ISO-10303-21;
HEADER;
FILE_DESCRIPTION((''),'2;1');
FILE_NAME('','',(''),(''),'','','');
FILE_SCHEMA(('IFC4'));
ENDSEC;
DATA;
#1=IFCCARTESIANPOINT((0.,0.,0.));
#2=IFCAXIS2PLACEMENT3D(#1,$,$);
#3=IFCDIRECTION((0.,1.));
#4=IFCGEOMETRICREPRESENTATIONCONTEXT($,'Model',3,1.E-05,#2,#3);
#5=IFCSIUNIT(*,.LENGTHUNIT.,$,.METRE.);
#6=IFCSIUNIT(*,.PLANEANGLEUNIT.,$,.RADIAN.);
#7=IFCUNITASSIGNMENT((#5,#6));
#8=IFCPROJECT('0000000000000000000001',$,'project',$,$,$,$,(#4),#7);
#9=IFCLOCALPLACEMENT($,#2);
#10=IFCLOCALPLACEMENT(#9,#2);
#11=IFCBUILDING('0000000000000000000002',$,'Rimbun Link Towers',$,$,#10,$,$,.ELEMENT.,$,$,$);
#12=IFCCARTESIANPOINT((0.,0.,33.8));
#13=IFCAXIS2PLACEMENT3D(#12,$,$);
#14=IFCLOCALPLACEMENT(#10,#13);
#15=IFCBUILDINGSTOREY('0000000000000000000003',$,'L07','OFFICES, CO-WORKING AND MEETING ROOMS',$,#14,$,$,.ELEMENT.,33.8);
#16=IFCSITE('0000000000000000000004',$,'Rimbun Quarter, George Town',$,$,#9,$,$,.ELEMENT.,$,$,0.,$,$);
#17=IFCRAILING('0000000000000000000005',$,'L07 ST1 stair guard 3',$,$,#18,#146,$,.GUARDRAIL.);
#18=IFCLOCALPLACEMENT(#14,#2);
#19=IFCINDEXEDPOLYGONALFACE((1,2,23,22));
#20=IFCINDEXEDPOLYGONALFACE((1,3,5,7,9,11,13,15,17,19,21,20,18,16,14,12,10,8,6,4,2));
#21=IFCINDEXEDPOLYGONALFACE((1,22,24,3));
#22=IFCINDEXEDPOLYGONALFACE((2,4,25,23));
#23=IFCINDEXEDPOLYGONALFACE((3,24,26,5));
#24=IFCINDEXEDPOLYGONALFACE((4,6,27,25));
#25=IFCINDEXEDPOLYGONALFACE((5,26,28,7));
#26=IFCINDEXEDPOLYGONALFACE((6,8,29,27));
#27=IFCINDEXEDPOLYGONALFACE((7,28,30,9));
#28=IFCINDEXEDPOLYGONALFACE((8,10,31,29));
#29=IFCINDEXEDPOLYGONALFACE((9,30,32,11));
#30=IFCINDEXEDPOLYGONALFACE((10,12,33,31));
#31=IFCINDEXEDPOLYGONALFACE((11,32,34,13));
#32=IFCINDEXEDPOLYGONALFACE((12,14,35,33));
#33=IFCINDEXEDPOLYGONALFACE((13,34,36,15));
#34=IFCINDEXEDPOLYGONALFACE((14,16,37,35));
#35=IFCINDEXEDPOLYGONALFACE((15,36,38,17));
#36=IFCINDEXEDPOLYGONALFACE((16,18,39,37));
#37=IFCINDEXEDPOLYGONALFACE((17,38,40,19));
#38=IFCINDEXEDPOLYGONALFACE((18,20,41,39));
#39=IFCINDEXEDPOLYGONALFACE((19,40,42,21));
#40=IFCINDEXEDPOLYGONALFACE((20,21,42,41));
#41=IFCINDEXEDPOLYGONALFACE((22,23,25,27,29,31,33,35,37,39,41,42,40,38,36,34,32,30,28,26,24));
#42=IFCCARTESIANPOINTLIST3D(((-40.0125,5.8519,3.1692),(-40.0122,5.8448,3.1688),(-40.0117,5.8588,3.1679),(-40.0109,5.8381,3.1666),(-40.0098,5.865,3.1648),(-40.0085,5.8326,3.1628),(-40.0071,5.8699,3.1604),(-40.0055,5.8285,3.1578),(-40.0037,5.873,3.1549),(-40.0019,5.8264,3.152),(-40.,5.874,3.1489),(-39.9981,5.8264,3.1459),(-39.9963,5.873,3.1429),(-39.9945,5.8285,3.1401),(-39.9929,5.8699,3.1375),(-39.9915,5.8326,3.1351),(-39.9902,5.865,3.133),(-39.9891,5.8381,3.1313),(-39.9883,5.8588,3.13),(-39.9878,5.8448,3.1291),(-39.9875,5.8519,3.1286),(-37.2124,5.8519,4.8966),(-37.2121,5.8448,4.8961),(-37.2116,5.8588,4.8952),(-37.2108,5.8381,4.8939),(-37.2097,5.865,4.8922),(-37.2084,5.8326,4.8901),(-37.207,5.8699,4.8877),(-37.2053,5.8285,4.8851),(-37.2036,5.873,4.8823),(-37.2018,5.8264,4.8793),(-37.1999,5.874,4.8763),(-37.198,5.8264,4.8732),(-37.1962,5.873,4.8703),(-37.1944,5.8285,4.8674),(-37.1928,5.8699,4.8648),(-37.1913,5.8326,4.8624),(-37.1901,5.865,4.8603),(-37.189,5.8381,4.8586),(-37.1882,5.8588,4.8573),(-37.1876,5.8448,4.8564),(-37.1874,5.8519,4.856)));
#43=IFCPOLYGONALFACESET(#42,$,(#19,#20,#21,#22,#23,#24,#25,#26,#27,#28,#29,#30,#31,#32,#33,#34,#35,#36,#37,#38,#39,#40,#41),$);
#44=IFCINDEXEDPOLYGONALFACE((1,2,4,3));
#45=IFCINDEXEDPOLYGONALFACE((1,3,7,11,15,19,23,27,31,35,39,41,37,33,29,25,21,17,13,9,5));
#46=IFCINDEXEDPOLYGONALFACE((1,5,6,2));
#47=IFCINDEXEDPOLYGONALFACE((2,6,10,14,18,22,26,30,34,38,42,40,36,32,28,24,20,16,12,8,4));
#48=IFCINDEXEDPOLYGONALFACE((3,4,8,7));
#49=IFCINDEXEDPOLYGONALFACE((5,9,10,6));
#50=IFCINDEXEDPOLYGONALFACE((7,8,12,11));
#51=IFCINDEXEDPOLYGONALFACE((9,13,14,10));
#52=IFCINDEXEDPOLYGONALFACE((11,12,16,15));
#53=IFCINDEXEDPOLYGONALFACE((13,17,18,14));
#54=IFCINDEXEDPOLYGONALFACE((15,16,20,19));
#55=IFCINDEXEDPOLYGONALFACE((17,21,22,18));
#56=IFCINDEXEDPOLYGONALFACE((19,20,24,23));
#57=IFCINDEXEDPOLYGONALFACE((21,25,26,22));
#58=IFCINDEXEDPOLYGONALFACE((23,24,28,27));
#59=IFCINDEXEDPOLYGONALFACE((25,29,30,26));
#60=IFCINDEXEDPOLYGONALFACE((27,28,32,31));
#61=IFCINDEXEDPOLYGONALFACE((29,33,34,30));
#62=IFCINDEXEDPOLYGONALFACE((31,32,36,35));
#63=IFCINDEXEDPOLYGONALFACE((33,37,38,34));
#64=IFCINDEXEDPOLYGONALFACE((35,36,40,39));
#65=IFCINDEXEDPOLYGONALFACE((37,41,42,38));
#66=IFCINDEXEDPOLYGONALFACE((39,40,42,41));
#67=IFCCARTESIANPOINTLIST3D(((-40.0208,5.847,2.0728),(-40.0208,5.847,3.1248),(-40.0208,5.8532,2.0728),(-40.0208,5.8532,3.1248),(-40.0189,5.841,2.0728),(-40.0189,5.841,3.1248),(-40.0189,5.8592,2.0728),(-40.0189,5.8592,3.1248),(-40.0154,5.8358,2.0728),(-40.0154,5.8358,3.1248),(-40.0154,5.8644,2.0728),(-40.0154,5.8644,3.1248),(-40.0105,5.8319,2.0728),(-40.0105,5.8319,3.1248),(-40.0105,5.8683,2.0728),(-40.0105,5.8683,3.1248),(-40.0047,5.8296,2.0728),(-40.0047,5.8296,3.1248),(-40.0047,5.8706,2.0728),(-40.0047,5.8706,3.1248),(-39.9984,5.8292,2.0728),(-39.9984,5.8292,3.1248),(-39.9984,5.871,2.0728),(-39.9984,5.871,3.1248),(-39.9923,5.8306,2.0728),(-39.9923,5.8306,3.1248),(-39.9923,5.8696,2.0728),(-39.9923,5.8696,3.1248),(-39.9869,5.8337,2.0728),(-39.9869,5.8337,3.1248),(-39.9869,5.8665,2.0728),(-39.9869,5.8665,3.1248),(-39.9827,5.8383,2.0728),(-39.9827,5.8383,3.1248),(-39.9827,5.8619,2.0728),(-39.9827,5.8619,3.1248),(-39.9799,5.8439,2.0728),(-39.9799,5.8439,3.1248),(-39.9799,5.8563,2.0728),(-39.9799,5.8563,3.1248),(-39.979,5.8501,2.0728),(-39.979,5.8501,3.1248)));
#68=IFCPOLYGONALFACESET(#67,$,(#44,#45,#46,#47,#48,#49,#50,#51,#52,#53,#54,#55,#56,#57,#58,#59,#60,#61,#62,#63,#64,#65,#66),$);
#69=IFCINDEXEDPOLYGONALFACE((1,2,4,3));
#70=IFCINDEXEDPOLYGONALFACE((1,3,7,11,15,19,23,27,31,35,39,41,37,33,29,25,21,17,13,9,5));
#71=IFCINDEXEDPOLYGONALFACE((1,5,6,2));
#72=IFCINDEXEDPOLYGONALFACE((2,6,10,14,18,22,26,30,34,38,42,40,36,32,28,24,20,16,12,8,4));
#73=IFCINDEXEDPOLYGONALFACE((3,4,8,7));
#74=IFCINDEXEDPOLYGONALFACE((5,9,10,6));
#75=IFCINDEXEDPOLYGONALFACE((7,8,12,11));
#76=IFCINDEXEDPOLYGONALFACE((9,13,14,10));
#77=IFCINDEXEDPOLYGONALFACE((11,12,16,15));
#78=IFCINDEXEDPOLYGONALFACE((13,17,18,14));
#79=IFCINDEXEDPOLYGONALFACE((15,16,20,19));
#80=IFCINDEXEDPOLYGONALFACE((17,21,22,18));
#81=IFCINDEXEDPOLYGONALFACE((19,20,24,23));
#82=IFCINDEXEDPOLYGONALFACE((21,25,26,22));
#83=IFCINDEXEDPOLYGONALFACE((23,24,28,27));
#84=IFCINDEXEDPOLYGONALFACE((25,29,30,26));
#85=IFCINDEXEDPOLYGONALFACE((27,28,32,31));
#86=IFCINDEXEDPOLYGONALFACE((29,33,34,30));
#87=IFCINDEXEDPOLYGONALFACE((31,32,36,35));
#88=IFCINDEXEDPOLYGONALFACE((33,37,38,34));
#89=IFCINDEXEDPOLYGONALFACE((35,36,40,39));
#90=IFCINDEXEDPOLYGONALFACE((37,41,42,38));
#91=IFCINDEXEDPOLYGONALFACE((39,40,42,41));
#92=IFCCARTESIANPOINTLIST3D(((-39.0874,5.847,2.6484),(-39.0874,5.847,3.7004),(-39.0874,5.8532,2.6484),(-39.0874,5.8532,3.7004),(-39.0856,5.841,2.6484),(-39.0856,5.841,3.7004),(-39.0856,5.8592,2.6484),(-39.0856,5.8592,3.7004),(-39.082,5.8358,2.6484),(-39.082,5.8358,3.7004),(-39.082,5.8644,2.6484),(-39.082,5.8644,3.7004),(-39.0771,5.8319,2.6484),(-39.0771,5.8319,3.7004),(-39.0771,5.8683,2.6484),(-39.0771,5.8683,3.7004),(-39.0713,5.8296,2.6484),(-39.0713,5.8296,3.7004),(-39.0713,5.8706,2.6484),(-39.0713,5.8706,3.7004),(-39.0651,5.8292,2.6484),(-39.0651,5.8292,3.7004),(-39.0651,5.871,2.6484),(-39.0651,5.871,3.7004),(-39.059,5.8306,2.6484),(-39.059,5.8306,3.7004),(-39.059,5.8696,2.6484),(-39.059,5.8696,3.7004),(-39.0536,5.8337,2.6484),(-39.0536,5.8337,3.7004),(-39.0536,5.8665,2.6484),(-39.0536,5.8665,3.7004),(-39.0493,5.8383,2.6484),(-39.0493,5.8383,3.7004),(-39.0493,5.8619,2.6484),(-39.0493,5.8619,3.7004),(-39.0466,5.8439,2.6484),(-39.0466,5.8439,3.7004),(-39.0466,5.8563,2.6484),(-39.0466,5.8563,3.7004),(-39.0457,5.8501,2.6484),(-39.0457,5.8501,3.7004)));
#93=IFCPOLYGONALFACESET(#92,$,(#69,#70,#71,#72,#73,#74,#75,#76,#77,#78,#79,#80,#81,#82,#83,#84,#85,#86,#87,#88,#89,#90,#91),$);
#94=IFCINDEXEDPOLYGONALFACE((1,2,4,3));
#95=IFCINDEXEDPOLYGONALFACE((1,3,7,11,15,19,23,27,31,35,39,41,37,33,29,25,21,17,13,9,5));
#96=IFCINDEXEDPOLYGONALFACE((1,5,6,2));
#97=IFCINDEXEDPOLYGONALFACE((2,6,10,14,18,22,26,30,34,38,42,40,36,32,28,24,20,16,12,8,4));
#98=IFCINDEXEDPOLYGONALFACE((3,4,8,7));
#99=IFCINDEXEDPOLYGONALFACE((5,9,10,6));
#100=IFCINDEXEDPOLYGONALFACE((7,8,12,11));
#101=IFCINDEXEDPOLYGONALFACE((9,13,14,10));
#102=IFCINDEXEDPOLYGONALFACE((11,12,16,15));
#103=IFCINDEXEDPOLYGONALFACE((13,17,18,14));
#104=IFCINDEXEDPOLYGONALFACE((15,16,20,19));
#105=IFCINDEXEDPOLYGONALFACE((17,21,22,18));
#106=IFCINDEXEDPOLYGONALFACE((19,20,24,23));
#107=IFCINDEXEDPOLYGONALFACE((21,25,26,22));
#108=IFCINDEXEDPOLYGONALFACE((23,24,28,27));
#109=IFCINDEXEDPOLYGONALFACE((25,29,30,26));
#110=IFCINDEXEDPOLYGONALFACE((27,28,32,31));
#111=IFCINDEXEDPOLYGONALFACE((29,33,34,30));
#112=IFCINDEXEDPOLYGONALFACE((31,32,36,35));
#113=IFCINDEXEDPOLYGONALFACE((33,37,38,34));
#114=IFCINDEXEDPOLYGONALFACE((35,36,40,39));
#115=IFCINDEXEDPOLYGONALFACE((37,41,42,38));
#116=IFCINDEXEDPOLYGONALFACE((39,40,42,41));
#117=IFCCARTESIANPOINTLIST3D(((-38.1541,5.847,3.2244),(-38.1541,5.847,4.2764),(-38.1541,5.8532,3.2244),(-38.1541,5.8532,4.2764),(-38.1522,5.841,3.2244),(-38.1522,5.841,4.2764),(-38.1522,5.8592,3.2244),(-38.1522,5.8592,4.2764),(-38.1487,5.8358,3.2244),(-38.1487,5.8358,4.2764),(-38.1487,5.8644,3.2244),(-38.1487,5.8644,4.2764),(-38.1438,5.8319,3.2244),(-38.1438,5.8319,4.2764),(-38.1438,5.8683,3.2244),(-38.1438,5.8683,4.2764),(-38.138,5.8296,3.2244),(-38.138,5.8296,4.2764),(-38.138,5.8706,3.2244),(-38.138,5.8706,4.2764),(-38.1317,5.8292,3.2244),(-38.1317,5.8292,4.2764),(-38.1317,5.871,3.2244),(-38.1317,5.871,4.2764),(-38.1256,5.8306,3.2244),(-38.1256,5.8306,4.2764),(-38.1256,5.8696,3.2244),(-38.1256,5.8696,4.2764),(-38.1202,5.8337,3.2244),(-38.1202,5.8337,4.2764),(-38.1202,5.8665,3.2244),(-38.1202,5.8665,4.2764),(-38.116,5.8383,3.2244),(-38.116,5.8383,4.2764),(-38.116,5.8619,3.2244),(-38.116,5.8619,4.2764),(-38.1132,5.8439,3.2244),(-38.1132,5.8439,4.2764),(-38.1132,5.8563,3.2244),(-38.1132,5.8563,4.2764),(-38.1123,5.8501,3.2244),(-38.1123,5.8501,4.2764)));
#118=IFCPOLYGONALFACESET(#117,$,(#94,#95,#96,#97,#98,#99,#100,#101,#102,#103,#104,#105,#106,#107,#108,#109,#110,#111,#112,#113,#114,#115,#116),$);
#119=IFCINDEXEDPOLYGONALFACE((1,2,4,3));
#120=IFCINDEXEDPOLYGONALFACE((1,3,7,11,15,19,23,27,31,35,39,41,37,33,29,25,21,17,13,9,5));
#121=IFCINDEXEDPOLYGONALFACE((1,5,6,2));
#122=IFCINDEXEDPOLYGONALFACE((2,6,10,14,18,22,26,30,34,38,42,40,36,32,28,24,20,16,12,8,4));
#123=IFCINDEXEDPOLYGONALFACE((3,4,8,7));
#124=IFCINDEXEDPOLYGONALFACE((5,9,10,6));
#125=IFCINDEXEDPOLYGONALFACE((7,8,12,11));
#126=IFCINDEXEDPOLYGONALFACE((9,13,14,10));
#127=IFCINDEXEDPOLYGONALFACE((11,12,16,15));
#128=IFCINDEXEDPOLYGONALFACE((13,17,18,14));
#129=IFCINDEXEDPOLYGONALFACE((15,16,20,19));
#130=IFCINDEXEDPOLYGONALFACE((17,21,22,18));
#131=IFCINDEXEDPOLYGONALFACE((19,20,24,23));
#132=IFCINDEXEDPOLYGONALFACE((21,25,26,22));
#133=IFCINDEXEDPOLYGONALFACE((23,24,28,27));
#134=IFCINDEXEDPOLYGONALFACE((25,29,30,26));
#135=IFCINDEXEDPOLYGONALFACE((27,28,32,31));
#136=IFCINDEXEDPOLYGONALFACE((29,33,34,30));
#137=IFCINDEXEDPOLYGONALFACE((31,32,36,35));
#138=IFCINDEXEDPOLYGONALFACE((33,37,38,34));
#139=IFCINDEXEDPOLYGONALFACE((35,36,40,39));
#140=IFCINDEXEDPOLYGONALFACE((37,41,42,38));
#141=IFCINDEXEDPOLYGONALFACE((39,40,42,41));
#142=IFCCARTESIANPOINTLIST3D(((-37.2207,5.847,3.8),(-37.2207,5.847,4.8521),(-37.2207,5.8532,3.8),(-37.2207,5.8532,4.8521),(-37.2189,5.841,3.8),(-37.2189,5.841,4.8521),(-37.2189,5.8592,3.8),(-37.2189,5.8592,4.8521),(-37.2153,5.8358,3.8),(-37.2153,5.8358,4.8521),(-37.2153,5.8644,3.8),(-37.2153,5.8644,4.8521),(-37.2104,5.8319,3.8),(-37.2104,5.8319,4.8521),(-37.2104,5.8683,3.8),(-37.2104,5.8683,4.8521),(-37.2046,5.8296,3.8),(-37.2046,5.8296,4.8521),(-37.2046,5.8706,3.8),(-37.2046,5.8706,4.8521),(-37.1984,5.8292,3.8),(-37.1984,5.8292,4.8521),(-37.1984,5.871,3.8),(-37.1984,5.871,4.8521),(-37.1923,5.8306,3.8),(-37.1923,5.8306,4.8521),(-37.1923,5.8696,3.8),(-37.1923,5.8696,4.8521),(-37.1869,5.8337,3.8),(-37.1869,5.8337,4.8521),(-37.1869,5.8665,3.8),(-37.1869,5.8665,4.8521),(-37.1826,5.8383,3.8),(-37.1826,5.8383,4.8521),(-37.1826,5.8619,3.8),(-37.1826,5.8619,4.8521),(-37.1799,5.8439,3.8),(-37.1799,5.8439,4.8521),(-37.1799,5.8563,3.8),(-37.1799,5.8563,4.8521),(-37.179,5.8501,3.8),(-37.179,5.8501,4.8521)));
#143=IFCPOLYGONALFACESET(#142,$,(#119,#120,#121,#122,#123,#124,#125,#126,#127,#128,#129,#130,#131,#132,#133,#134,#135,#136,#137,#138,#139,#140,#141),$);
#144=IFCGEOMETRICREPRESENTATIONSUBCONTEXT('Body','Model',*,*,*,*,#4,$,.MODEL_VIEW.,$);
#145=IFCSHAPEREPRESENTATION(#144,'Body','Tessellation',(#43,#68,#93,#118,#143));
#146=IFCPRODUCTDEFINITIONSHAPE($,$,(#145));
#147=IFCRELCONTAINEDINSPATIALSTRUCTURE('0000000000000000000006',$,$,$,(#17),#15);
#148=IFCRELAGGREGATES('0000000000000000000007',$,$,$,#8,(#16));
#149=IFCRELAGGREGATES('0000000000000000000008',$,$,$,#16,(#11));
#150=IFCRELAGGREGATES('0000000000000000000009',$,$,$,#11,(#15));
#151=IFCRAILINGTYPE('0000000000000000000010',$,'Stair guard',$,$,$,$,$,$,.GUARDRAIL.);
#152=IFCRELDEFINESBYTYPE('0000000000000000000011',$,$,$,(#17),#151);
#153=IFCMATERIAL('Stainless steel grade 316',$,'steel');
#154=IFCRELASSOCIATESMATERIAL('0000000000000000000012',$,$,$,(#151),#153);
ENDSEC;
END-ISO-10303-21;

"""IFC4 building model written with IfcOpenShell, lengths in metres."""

from ifc_helpers import new_model, si_unit, direction, frame, origin, origin_2d, place, context, subcontext, project, spatial, circle, extrude, material, type_object, element, save


model = new_model("IFC4")

# Units and contexts
model_context = context("Model", 3, precision=1e-05, world=origin(), true_north=direction((0.0, 1.0)))
body_context = subcontext(model_context, "Body", "Model", "MODEL_VIEW")
ifc_project = project(units=[si_unit("LENGTHUNIT", "METRE"), si_unit("PLANEANGLEUNIT", "RADIAN")], contexts=[model_context])

# Site, building, storey
site_placement = place(None, origin())
site = spatial("IfcSite", under=ifc_project, at=site_placement, Name="Rimbun Quarter, George Town", CompositionType="ELEMENT", RefElevation=0.0)
building_placement = place(site_placement, origin())
building = spatial("IfcBuilding", under=site, at=building_placement, Name="Rimbun Link Towers", CompositionType="ELEMENT")
storey_placement = place(building_placement, frame((0.0, 0.0, 33.8)))
storey = spatial("IfcBuildingStorey", under=building, at=storey_placement, Name="L07", Description="OFFICES, CO-WORKING AND MEETING ROOMS", CompositionType="ELEMENT", Elevation=33.8)

# Railing
ifc_material_1 = material(Name="Stainless steel grade 316", Category="steel")
railing_type_1 = type_object("IfcRailingType", Name="Stair guard", PredefinedType="GUARDRAIL", material=ifc_material_1)
railing_1_placement = place(storey_placement, frame((-40.0, 5.8501, 2.0728)))
element("IfcRailing", 1, at=railing_1_placement, inside=storey, type_object=railing_type_1, Name="L07 ST1 stair guard 3", PredefinedType="GUARDRAIL", context=body_context, shape_type="SweptSolid", body=[
    extrude(circle(Radius=0.0239, at=origin_2d()), frame((0.0, 0.0, 1.0762), z_axis=(0.85109, 0.0, 0.52502), x_axis=(0.0, 1.0, 0.0)), (0.0, 0.0, 1.0), 3.29),
    extrude(circle(Radius=0.021, at=origin_2d()), origin(), (0.0, 0.0, 1.0), 1.052),
    extrude(circle(Radius=0.021, at=origin_2d()), frame((0.9333, 0.0, 0.5757)), (0.0, 0.0, 1.0), 1.052),
    extrude(circle(Radius=0.021, at=origin_2d()), frame((1.8667, 0.0, 1.1516)), (0.0, 0.0, 1.0), 1.052),
    extrude(circle(Radius=0.021, at=origin_2d()), frame((2.8, 0.0, 1.7273)), (0.0, 0.0, 1.0), 1.052),
])

save(model, "model.ifc")
